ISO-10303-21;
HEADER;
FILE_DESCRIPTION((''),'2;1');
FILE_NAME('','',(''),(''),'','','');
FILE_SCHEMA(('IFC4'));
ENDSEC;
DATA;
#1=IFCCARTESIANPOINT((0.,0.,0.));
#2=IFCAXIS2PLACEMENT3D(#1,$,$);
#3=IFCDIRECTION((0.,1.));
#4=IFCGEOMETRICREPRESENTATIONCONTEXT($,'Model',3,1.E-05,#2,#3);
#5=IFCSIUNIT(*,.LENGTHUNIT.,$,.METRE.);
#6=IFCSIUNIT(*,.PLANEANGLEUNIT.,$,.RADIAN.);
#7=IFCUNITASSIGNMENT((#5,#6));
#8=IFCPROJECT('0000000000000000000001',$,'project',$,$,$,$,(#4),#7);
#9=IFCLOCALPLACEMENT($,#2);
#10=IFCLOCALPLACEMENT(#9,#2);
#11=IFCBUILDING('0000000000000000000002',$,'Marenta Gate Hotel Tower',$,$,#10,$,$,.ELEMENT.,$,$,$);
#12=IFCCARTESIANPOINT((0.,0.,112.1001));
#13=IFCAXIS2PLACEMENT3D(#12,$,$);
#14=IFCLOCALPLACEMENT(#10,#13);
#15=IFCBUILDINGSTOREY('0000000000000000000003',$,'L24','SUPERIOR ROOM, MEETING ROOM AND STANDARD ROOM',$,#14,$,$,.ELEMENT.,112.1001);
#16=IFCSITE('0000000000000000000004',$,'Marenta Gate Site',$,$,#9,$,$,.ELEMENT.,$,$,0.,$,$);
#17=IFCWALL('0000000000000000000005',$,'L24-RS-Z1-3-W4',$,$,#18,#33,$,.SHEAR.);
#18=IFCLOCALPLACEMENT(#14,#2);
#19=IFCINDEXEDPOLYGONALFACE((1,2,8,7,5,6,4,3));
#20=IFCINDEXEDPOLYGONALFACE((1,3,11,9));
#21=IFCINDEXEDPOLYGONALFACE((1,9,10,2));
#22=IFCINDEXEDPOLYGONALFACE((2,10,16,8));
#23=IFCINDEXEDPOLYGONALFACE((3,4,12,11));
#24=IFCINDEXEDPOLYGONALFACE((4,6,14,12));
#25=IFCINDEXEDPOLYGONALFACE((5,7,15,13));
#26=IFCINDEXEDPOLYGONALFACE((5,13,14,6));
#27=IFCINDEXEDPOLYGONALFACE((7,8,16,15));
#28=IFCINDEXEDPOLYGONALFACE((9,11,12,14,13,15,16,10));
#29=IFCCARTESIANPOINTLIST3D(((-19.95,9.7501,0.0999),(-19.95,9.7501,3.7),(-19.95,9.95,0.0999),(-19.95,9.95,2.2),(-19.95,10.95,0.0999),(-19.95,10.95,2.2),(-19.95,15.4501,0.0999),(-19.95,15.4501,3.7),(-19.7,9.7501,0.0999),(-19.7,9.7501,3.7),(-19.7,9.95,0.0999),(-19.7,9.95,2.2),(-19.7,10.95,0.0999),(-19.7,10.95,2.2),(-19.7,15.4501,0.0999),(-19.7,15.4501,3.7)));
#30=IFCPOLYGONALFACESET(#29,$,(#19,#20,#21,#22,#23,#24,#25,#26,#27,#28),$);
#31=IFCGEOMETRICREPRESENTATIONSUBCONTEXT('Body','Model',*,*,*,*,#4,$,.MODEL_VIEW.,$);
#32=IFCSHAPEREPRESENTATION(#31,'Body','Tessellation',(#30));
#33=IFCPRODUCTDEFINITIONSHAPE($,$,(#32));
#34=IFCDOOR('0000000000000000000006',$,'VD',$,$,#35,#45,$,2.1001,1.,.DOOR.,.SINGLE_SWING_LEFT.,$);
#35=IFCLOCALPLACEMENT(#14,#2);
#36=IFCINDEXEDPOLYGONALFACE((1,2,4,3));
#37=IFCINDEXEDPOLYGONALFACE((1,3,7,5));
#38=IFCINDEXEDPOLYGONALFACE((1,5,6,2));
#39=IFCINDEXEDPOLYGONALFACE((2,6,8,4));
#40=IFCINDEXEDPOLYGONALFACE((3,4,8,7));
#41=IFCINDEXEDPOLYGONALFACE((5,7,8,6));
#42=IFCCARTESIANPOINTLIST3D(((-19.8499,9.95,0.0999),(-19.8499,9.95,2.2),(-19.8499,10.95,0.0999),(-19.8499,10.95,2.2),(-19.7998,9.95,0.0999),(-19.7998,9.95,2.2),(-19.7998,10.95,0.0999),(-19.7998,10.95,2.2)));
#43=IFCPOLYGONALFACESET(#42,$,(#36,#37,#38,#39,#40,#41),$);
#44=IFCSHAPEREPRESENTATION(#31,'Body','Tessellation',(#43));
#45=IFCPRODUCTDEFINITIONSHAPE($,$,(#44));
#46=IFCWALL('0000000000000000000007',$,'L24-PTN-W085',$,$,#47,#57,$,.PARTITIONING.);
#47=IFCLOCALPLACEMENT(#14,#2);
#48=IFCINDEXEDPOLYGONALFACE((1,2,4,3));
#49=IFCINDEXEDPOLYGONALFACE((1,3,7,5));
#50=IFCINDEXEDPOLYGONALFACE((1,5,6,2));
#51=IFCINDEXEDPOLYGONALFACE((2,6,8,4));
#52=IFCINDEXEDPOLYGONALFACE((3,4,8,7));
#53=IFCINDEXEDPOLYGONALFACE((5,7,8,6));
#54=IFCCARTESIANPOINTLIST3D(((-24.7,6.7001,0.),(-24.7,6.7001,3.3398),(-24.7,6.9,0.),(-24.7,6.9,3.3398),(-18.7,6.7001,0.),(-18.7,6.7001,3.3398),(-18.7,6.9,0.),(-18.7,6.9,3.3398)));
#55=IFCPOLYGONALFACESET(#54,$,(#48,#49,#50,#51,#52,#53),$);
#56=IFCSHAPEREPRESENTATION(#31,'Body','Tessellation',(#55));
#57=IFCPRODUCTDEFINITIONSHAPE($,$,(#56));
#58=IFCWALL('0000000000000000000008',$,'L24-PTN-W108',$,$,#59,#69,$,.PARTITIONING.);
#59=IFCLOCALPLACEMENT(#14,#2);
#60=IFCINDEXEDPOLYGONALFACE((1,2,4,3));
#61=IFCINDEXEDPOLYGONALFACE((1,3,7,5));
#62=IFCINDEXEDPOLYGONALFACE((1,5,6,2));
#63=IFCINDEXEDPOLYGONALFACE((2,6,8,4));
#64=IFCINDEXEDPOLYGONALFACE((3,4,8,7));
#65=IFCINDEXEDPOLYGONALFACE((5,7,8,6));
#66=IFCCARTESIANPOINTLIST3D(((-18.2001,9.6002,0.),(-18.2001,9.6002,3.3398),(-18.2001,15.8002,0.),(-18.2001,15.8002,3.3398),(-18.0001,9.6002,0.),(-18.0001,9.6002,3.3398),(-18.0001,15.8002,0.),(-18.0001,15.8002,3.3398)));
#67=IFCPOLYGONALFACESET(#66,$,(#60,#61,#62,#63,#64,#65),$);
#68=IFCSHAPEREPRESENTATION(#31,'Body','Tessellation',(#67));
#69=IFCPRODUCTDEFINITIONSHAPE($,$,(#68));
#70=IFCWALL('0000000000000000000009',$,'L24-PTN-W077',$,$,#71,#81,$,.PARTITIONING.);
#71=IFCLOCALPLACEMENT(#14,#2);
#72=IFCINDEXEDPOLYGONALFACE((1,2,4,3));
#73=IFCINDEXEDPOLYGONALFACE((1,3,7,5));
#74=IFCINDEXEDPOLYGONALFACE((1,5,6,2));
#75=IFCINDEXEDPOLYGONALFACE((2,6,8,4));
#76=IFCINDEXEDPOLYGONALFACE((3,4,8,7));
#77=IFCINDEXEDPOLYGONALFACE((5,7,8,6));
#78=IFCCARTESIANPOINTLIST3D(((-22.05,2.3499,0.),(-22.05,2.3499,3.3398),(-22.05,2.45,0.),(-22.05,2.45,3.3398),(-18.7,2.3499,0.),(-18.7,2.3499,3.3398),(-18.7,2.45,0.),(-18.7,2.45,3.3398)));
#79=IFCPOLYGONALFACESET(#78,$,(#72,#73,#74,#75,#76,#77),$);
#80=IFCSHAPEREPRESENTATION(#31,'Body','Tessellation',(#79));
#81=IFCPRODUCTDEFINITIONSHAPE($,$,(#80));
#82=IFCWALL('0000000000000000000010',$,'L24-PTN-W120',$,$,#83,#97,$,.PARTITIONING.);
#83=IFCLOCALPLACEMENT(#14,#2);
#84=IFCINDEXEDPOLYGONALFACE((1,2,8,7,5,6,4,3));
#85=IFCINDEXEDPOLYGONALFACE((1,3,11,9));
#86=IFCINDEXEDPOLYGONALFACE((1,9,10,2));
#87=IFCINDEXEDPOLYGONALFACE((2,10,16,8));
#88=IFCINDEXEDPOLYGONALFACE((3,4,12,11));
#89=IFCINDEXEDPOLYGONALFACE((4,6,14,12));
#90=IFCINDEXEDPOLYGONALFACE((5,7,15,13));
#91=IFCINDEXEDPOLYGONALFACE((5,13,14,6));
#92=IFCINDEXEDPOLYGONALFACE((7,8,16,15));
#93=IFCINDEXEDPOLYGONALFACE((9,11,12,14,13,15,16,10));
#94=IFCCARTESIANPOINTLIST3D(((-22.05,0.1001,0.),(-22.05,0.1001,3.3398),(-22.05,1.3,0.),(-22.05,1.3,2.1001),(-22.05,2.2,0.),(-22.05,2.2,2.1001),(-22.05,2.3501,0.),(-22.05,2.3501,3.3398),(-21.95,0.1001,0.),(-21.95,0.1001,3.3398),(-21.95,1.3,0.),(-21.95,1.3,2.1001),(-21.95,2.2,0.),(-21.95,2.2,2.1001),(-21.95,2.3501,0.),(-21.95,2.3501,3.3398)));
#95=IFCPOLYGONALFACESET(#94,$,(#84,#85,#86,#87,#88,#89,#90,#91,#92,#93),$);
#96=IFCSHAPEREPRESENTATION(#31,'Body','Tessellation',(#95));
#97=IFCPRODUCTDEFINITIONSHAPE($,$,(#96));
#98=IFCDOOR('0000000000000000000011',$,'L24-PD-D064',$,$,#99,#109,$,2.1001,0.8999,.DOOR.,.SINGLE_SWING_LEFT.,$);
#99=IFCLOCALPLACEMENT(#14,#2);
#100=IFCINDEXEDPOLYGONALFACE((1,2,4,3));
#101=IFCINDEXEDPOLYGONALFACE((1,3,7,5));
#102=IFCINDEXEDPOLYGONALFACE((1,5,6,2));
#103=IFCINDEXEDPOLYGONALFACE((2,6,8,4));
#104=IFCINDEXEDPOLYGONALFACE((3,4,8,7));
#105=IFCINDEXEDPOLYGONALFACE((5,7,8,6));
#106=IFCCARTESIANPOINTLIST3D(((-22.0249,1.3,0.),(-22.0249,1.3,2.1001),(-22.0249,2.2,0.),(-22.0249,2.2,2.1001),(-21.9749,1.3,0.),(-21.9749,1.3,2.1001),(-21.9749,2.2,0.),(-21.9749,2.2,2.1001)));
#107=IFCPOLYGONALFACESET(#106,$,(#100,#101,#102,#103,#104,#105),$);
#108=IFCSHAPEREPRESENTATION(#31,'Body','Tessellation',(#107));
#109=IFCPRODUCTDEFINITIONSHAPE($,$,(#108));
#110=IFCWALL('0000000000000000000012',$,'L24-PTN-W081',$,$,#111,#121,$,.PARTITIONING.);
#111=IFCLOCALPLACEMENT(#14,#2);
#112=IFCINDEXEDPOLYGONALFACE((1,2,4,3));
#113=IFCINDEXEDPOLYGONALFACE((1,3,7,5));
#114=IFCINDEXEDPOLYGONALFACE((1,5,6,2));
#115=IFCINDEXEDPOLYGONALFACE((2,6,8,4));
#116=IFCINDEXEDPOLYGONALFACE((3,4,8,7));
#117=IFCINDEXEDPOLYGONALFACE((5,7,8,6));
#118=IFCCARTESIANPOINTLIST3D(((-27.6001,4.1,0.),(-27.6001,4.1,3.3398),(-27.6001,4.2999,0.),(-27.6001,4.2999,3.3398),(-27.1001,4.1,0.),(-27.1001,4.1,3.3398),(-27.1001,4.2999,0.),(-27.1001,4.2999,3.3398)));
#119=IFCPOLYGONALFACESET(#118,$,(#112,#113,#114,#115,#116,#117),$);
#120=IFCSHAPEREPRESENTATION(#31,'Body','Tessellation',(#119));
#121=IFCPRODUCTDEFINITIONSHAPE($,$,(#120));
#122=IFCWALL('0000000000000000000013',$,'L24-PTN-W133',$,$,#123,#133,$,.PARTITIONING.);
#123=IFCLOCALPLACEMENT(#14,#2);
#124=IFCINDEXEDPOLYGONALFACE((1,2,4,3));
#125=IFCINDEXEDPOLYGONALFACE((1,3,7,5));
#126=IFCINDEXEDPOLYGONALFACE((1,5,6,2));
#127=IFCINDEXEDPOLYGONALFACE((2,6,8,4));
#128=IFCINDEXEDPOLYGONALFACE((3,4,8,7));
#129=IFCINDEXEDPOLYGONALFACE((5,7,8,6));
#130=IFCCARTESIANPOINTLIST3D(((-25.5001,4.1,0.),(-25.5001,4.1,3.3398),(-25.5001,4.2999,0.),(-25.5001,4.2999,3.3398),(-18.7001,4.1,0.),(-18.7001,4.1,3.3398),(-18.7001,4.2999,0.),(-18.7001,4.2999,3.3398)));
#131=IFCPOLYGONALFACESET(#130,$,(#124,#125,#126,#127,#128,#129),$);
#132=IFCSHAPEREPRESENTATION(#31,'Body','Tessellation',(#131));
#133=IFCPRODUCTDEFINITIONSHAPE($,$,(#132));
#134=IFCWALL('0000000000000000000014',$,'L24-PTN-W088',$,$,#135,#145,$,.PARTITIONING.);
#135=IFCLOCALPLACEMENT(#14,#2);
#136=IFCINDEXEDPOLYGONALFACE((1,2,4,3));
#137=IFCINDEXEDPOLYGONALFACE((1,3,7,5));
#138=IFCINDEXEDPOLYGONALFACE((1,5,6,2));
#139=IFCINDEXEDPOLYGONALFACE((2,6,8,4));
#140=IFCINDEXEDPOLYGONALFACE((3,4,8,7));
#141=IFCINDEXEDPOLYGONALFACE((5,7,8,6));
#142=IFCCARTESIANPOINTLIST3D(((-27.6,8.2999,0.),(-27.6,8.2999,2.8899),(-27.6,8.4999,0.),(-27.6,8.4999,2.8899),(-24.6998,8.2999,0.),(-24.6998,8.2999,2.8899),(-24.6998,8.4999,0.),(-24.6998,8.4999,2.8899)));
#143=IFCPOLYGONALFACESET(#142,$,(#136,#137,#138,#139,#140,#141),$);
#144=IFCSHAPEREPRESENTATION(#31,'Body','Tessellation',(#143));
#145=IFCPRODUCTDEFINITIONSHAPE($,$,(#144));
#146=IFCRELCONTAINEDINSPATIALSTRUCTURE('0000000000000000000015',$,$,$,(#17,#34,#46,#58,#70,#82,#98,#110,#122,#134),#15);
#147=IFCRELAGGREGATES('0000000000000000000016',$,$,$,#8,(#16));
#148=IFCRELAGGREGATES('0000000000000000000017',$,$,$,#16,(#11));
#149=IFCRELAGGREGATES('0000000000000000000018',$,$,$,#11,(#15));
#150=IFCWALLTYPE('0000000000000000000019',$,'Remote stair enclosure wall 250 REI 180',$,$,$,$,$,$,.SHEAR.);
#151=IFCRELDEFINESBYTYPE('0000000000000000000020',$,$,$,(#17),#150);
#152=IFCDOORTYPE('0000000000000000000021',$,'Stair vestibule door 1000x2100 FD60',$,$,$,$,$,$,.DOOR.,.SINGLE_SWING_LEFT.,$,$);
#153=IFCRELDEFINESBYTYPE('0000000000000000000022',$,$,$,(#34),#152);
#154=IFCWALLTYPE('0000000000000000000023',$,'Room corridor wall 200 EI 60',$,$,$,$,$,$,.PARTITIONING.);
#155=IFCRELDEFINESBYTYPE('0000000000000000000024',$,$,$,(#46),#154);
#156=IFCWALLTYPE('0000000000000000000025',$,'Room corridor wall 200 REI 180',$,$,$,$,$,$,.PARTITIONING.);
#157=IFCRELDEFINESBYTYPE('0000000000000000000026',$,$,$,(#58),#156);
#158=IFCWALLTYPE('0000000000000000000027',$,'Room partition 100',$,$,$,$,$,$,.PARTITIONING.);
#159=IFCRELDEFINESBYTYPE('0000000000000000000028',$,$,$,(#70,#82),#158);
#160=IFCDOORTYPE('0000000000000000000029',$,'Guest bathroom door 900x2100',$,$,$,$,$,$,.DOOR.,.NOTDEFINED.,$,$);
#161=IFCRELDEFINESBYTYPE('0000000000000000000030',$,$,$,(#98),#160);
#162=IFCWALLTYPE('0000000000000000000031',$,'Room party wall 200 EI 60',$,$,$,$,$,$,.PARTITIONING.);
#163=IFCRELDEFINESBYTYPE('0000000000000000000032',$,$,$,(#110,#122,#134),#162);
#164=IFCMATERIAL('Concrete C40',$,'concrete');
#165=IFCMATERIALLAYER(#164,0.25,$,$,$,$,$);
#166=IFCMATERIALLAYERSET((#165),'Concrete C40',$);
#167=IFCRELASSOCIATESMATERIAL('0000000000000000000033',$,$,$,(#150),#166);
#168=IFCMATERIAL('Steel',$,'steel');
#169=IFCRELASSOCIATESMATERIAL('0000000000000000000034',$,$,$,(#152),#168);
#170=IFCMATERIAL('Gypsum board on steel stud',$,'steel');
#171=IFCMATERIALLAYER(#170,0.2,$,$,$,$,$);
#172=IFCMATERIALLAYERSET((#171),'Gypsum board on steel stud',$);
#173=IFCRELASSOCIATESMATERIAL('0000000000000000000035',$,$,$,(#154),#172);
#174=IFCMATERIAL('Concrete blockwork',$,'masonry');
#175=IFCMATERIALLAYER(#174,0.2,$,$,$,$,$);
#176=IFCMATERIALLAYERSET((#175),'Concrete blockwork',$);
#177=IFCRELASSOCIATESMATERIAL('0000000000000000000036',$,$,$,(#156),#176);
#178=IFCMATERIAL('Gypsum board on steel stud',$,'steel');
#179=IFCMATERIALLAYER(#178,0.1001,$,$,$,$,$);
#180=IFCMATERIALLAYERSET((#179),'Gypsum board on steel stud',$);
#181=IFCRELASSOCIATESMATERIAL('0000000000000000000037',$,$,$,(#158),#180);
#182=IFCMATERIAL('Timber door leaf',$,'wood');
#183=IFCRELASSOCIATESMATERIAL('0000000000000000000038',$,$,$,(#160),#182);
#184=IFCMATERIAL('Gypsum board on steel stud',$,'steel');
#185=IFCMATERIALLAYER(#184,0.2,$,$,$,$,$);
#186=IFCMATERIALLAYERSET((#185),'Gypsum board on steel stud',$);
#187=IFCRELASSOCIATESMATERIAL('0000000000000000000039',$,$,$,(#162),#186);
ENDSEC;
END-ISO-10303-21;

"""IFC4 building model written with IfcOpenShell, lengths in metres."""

from ifc_helpers import new_model, si_unit, direction, frame, frame_2d, origin, place, context, subcontext, project, spatial, rectangle, extrude, material, layer, layer_set, type_object, element, fill, save


model = new_model("IFC4")

# Units and contexts
model_context = context("Model", 3, precision=1e-05, world=origin(), true_north=direction((0.0, 1.0)))
body_context = subcontext(model_context, "Body", "Model", "MODEL_VIEW")
ifc_project = project(units=[si_unit("LENGTHUNIT", "METRE"), si_unit("PLANEANGLEUNIT", "RADIAN")], contexts=[model_context])

# Site, building, storey
site_placement = place(None, origin())
site = spatial("IfcSite", under=ifc_project, at=site_placement, Name="Marenta Gate Site", CompositionType="ELEMENT", RefElevation=0.0)
building_placement = place(site_placement, origin())
building = spatial("IfcBuilding", under=site, at=building_placement, Name="Marenta Gate Hotel Tower", CompositionType="ELEMENT")
storey_placement = place(building_placement, frame((0.0, 0.0, 112.1001)))
storey = spatial("IfcBuildingStorey", under=building, at=storey_placement, Name="L24", Description="SUPERIOR ROOM, MEETING ROOM AND STANDARD ROOM", CompositionType="ELEMENT", Elevation=112.1001)

# Shared definitions
ifc_material_1 = material(Name="Concrete C40", Category="concrete")
ifc_layer_1 = layer(ifc_material_1, 0.25)
ifc_layer_set_1 = layer_set([ifc_layer_1], Name="Concrete C40")
wall_type_1 = type_object("IfcWallType", Name="Remote stair enclosure wall 250 REI 180", PredefinedType="SHEAR", material=ifc_layer_set_1)

# Wall, opening, door
wall_1_placement = place(storey_placement, frame((-19.825, 9.75, 0.0999), z_axis=(0.0, 0.0, 1.0), x_axis=(0.0, 1.0, 0.0)))
wall_1 = element("IfcWall", 1, at=wall_1_placement, inside=storey, type_object=wall_type_1, Name="L24-RS-Z1-3-W4", PredefinedType="SHEAR", context=body_context, shape_type="SweptSolid", body=[
    extrude(rectangle(XDim=5.7, YDim=0.25, at=frame_2d((2.8501, 0.0))), origin(), (0.0, 0.0, 1.0), 3.6001),
])
opening_1_placement = place(wall_1_placement, frame((0.2, 0.0, 0.0)))
opening_1 = element("IfcOpeningElement", 2, at=opening_1_placement, cuts=wall_1, PredefinedType="OPENING", context=body_context, shape_type="SweptSolid", body=[
    extrude(rectangle(XDim=1.0, YDim=2.1001, at=frame_2d((0.5, 1.05))), frame((0.0, 0.125, 0.0), z_axis=(0.0, -1.0, 0.0), x_axis=(1.0, 0.0, 0.0)), (0.0, 0.0, 1.0), 0.25),
])
ifc_material_2 = material(Name="Steel", Category="steel")
door_type_1 = type_object("IfcDoorType", Name="Stair vestibule door 1000x2100 FD60", OperationType="SINGLE_SWING_LEFT", PredefinedType="DOOR", material=ifc_material_2)
door_1_placement = place(opening_1_placement, origin())
door_1 = element("IfcDoor", 3, at=door_1_placement, inside=storey, type_object=door_type_1, Name="VD", OperationType="SINGLE_SWING_LEFT", OverallHeight=2.1001, OverallWidth=1.0, PredefinedType="DOOR", context=body_context, shape_type="SweptSolid", body=[
    extrude(rectangle(XDim=1.0, YDim=2.1001, at=frame_2d((0.5, 1.05))), frame((0.0, 0.0249, 0.0), z_axis=(0.0, -1.0, 0.0), x_axis=(1.0, 0.0, 0.0)), (0.0, 0.0, 1.0), 0.05),
])
fill(opening_1, door_1)

# Wall
ifc_material_3 = material(Name="Gypsum board on steel stud", Category="steel")
ifc_layer_2 = layer(ifc_material_3, 0.2)
ifc_layer_set_2 = layer_set([ifc_layer_2], Name="Gypsum board on steel stud")
wall_type_2 = type_object("IfcWallType", Name="Room corridor wall 200 EI 60", PredefinedType="PARTITIONING", material=ifc_layer_set_2)
wall_2_placement = place(storey_placement, frame((-24.7, 6.8, 0.0), z_axis=(0.0, 0.0, 1.0), x_axis=(1.0, 0.0, 0.0)))
element("IfcWall", 4, at=wall_2_placement, inside=storey, type_object=wall_type_2, Name="L24-PTN-W085", PredefinedType="PARTITIONING", context=body_context, shape_type="SweptSolid", body=[
    extrude(rectangle(XDim=6.0, YDim=0.2, at=frame_2d((3.0, 0.0))), origin(), (0.0, 0.0, 1.0), 3.3398),
])

# Shared definitions
ifc_material_4 = material(Name="Concrete blockwork", Category="masonry")
ifc_layer_3 = layer(ifc_material_4, 0.2)
ifc_layer_set_3 = layer_set([ifc_layer_3], Name="Concrete blockwork")
wall_type_3 = type_object("IfcWallType", Name="Room corridor wall 200 REI 180", PredefinedType="PARTITIONING", material=ifc_layer_set_3)

# Walls
wall_3_placement = place(storey_placement, frame((-18.1001, 9.6001, 0.0), z_axis=(0.0, 0.0, 1.0), x_axis=(0.0, 1.0, 0.0)))
element("IfcWall", 5, at=wall_3_placement, inside=storey, type_object=wall_type_3, Name="L24-PTN-W108", PredefinedType="PARTITIONING", context=body_context, shape_type="SweptSolid", body=[
    extrude(rectangle(XDim=6.2, YDim=0.2, at=frame_2d((3.1001, 0.0))), origin(), (0.0, 0.0, 1.0), 3.3398),
])
ifc_material_5 = material(Name="Gypsum board on steel stud", Category="steel")
ifc_layer_4 = layer(ifc_material_5, 0.1001)
ifc_layer_set_4 = layer_set([ifc_layer_4], Name="Gypsum board on steel stud")
wall_type_4 = type_object("IfcWallType", Name="Room partition 100", PredefinedType="PARTITIONING", material=ifc_layer_set_4)
wall_4_placement = place(storey_placement, frame((-22.05, 2.3999, 0.0), z_axis=(0.0, 0.0, 1.0), x_axis=(1.0, 0.0, 0.0)))
element("IfcWall", 6, at=wall_4_placement, inside=storey, type_object=wall_type_4, Name="L24-PTN-W077", PredefinedType="PARTITIONING", context=body_context, shape_type="SweptSolid", body=[
    extrude(rectangle(XDim=3.3501, YDim=0.1001, at=frame_2d((1.675, 0.0))), origin(), (0.0, 0.0, 1.0), 3.3398),
])

# Wall, opening, door
wall_5_placement = place(storey_placement, frame((-22.0, 0.1001, 0.0), z_axis=(0.0, 0.0, 1.0), x_axis=(0.0, 1.0, 0.0)))
wall_5 = element("IfcWall", 7, at=wall_5_placement, inside=storey, type_object=wall_type_4, Name="L24-PTN-W120", PredefinedType="PARTITIONING", context=body_context, shape_type="SweptSolid", body=[
    extrude(rectangle(XDim=2.25, YDim=0.1001, at=frame_2d((1.125, 0.0))), origin(), (0.0, 0.0, 1.0), 3.3398),
])
opening_2_placement = place(wall_5_placement, frame((1.2, 0.0, 0.0)))
opening_2 = element("IfcOpeningElement", 8, at=opening_2_placement, cuts=wall_5, PredefinedType="OPENING", context=body_context, shape_type="SweptSolid", body=[
    extrude(rectangle(XDim=0.8999, YDim=2.1001, at=frame_2d((0.45, 1.05))), frame((0.0, 0.05, 0.0), z_axis=(0.0, -1.0, 0.0), x_axis=(1.0, 0.0, 0.0)), (0.0, 0.0, 1.0), 0.1001),
])
ifc_material_6 = material(Name="Timber door leaf", Category="wood")
door_type_2 = type_object("IfcDoorType", Name="Guest bathroom door 900x2100", OperationType="NOTDEFINED", PredefinedType="DOOR", material=ifc_material_6)
door_2_placement = place(opening_2_placement, origin())
door_2 = element("IfcDoor", 9, at=door_2_placement, inside=storey, type_object=door_type_2, Name="L24-PD-D064", OperationType="SINGLE_SWING_LEFT", OverallHeight=2.1001, OverallWidth=0.8999, PredefinedType="DOOR", context=body_context, shape_type="SweptSolid", body=[
    extrude(rectangle(XDim=0.8999, YDim=2.1001, at=frame_2d((0.45, 1.05))), frame((0.0, 0.0249, 0.0), z_axis=(0.0, -1.0, 0.0), x_axis=(1.0, 0.0, 0.0)), (0.0, 0.0, 1.0), 0.05),
])
fill(opening_2, door_2)

# Walls
ifc_material_7 = material(Name="Gypsum board on steel stud", Category="steel")
ifc_layer_5 = layer(ifc_material_7, 0.2)
ifc_layer_set_5 = layer_set([ifc_layer_5], Name="Gypsum board on steel stud")
wall_type_5 = type_object("IfcWallType", Name="Room party wall 200 EI 60", PredefinedType="PARTITIONING", material=ifc_layer_set_5)
wall_6_placement = place(storey_placement, frame((-27.6001, 4.2, 0.0), z_axis=(0.0, 0.0, 1.0), x_axis=(1.0, 0.0, 0.0)))
element("IfcWall", 10, at=wall_6_placement, inside=storey, type_object=wall_type_5, Name="L24-PTN-W081", PredefinedType="PARTITIONING", context=body_context, shape_type="SweptSolid", body=[
    extrude(rectangle(XDim=0.5, YDim=0.2, at=frame_2d((0.25, 0.0))), origin(), (0.0, 0.0, 1.0), 3.3398),
])
wall_7_placement = place(storey_placement, frame((-25.5, 4.2, 0.0), z_axis=(0.0, 0.0, 1.0), x_axis=(1.0, 0.0, 0.0)))
element("IfcWall", 11, at=wall_7_placement, inside=storey, type_object=wall_type_5, Name="L24-PTN-W133", PredefinedType="PARTITIONING", context=body_context, shape_type="SweptSolid", body=[
    extrude(rectangle(XDim=6.8, YDim=0.2, at=frame_2d((3.3999, 0.0))), origin(), (0.0, 0.0, 1.0), 3.3398),
])
wall_8_placement = place(storey_placement, frame((-27.6001, 8.3999, 0.0), z_axis=(0.0, 0.0, 1.0), x_axis=(1.0, 0.0, 0.0)))
element("IfcWall", 12, at=wall_8_placement, inside=storey, type_object=wall_type_5, Name="L24-PTN-W088", PredefinedType="PARTITIONING", context=body_context, shape_type="SweptSolid", body=[
    extrude(rectangle(XDim=2.9001, YDim=0.2, at=frame_2d((1.4502, 0.0))), origin(), (0.0, 0.0, 1.0), 2.8899),
])

save(model, "model.ifc")
